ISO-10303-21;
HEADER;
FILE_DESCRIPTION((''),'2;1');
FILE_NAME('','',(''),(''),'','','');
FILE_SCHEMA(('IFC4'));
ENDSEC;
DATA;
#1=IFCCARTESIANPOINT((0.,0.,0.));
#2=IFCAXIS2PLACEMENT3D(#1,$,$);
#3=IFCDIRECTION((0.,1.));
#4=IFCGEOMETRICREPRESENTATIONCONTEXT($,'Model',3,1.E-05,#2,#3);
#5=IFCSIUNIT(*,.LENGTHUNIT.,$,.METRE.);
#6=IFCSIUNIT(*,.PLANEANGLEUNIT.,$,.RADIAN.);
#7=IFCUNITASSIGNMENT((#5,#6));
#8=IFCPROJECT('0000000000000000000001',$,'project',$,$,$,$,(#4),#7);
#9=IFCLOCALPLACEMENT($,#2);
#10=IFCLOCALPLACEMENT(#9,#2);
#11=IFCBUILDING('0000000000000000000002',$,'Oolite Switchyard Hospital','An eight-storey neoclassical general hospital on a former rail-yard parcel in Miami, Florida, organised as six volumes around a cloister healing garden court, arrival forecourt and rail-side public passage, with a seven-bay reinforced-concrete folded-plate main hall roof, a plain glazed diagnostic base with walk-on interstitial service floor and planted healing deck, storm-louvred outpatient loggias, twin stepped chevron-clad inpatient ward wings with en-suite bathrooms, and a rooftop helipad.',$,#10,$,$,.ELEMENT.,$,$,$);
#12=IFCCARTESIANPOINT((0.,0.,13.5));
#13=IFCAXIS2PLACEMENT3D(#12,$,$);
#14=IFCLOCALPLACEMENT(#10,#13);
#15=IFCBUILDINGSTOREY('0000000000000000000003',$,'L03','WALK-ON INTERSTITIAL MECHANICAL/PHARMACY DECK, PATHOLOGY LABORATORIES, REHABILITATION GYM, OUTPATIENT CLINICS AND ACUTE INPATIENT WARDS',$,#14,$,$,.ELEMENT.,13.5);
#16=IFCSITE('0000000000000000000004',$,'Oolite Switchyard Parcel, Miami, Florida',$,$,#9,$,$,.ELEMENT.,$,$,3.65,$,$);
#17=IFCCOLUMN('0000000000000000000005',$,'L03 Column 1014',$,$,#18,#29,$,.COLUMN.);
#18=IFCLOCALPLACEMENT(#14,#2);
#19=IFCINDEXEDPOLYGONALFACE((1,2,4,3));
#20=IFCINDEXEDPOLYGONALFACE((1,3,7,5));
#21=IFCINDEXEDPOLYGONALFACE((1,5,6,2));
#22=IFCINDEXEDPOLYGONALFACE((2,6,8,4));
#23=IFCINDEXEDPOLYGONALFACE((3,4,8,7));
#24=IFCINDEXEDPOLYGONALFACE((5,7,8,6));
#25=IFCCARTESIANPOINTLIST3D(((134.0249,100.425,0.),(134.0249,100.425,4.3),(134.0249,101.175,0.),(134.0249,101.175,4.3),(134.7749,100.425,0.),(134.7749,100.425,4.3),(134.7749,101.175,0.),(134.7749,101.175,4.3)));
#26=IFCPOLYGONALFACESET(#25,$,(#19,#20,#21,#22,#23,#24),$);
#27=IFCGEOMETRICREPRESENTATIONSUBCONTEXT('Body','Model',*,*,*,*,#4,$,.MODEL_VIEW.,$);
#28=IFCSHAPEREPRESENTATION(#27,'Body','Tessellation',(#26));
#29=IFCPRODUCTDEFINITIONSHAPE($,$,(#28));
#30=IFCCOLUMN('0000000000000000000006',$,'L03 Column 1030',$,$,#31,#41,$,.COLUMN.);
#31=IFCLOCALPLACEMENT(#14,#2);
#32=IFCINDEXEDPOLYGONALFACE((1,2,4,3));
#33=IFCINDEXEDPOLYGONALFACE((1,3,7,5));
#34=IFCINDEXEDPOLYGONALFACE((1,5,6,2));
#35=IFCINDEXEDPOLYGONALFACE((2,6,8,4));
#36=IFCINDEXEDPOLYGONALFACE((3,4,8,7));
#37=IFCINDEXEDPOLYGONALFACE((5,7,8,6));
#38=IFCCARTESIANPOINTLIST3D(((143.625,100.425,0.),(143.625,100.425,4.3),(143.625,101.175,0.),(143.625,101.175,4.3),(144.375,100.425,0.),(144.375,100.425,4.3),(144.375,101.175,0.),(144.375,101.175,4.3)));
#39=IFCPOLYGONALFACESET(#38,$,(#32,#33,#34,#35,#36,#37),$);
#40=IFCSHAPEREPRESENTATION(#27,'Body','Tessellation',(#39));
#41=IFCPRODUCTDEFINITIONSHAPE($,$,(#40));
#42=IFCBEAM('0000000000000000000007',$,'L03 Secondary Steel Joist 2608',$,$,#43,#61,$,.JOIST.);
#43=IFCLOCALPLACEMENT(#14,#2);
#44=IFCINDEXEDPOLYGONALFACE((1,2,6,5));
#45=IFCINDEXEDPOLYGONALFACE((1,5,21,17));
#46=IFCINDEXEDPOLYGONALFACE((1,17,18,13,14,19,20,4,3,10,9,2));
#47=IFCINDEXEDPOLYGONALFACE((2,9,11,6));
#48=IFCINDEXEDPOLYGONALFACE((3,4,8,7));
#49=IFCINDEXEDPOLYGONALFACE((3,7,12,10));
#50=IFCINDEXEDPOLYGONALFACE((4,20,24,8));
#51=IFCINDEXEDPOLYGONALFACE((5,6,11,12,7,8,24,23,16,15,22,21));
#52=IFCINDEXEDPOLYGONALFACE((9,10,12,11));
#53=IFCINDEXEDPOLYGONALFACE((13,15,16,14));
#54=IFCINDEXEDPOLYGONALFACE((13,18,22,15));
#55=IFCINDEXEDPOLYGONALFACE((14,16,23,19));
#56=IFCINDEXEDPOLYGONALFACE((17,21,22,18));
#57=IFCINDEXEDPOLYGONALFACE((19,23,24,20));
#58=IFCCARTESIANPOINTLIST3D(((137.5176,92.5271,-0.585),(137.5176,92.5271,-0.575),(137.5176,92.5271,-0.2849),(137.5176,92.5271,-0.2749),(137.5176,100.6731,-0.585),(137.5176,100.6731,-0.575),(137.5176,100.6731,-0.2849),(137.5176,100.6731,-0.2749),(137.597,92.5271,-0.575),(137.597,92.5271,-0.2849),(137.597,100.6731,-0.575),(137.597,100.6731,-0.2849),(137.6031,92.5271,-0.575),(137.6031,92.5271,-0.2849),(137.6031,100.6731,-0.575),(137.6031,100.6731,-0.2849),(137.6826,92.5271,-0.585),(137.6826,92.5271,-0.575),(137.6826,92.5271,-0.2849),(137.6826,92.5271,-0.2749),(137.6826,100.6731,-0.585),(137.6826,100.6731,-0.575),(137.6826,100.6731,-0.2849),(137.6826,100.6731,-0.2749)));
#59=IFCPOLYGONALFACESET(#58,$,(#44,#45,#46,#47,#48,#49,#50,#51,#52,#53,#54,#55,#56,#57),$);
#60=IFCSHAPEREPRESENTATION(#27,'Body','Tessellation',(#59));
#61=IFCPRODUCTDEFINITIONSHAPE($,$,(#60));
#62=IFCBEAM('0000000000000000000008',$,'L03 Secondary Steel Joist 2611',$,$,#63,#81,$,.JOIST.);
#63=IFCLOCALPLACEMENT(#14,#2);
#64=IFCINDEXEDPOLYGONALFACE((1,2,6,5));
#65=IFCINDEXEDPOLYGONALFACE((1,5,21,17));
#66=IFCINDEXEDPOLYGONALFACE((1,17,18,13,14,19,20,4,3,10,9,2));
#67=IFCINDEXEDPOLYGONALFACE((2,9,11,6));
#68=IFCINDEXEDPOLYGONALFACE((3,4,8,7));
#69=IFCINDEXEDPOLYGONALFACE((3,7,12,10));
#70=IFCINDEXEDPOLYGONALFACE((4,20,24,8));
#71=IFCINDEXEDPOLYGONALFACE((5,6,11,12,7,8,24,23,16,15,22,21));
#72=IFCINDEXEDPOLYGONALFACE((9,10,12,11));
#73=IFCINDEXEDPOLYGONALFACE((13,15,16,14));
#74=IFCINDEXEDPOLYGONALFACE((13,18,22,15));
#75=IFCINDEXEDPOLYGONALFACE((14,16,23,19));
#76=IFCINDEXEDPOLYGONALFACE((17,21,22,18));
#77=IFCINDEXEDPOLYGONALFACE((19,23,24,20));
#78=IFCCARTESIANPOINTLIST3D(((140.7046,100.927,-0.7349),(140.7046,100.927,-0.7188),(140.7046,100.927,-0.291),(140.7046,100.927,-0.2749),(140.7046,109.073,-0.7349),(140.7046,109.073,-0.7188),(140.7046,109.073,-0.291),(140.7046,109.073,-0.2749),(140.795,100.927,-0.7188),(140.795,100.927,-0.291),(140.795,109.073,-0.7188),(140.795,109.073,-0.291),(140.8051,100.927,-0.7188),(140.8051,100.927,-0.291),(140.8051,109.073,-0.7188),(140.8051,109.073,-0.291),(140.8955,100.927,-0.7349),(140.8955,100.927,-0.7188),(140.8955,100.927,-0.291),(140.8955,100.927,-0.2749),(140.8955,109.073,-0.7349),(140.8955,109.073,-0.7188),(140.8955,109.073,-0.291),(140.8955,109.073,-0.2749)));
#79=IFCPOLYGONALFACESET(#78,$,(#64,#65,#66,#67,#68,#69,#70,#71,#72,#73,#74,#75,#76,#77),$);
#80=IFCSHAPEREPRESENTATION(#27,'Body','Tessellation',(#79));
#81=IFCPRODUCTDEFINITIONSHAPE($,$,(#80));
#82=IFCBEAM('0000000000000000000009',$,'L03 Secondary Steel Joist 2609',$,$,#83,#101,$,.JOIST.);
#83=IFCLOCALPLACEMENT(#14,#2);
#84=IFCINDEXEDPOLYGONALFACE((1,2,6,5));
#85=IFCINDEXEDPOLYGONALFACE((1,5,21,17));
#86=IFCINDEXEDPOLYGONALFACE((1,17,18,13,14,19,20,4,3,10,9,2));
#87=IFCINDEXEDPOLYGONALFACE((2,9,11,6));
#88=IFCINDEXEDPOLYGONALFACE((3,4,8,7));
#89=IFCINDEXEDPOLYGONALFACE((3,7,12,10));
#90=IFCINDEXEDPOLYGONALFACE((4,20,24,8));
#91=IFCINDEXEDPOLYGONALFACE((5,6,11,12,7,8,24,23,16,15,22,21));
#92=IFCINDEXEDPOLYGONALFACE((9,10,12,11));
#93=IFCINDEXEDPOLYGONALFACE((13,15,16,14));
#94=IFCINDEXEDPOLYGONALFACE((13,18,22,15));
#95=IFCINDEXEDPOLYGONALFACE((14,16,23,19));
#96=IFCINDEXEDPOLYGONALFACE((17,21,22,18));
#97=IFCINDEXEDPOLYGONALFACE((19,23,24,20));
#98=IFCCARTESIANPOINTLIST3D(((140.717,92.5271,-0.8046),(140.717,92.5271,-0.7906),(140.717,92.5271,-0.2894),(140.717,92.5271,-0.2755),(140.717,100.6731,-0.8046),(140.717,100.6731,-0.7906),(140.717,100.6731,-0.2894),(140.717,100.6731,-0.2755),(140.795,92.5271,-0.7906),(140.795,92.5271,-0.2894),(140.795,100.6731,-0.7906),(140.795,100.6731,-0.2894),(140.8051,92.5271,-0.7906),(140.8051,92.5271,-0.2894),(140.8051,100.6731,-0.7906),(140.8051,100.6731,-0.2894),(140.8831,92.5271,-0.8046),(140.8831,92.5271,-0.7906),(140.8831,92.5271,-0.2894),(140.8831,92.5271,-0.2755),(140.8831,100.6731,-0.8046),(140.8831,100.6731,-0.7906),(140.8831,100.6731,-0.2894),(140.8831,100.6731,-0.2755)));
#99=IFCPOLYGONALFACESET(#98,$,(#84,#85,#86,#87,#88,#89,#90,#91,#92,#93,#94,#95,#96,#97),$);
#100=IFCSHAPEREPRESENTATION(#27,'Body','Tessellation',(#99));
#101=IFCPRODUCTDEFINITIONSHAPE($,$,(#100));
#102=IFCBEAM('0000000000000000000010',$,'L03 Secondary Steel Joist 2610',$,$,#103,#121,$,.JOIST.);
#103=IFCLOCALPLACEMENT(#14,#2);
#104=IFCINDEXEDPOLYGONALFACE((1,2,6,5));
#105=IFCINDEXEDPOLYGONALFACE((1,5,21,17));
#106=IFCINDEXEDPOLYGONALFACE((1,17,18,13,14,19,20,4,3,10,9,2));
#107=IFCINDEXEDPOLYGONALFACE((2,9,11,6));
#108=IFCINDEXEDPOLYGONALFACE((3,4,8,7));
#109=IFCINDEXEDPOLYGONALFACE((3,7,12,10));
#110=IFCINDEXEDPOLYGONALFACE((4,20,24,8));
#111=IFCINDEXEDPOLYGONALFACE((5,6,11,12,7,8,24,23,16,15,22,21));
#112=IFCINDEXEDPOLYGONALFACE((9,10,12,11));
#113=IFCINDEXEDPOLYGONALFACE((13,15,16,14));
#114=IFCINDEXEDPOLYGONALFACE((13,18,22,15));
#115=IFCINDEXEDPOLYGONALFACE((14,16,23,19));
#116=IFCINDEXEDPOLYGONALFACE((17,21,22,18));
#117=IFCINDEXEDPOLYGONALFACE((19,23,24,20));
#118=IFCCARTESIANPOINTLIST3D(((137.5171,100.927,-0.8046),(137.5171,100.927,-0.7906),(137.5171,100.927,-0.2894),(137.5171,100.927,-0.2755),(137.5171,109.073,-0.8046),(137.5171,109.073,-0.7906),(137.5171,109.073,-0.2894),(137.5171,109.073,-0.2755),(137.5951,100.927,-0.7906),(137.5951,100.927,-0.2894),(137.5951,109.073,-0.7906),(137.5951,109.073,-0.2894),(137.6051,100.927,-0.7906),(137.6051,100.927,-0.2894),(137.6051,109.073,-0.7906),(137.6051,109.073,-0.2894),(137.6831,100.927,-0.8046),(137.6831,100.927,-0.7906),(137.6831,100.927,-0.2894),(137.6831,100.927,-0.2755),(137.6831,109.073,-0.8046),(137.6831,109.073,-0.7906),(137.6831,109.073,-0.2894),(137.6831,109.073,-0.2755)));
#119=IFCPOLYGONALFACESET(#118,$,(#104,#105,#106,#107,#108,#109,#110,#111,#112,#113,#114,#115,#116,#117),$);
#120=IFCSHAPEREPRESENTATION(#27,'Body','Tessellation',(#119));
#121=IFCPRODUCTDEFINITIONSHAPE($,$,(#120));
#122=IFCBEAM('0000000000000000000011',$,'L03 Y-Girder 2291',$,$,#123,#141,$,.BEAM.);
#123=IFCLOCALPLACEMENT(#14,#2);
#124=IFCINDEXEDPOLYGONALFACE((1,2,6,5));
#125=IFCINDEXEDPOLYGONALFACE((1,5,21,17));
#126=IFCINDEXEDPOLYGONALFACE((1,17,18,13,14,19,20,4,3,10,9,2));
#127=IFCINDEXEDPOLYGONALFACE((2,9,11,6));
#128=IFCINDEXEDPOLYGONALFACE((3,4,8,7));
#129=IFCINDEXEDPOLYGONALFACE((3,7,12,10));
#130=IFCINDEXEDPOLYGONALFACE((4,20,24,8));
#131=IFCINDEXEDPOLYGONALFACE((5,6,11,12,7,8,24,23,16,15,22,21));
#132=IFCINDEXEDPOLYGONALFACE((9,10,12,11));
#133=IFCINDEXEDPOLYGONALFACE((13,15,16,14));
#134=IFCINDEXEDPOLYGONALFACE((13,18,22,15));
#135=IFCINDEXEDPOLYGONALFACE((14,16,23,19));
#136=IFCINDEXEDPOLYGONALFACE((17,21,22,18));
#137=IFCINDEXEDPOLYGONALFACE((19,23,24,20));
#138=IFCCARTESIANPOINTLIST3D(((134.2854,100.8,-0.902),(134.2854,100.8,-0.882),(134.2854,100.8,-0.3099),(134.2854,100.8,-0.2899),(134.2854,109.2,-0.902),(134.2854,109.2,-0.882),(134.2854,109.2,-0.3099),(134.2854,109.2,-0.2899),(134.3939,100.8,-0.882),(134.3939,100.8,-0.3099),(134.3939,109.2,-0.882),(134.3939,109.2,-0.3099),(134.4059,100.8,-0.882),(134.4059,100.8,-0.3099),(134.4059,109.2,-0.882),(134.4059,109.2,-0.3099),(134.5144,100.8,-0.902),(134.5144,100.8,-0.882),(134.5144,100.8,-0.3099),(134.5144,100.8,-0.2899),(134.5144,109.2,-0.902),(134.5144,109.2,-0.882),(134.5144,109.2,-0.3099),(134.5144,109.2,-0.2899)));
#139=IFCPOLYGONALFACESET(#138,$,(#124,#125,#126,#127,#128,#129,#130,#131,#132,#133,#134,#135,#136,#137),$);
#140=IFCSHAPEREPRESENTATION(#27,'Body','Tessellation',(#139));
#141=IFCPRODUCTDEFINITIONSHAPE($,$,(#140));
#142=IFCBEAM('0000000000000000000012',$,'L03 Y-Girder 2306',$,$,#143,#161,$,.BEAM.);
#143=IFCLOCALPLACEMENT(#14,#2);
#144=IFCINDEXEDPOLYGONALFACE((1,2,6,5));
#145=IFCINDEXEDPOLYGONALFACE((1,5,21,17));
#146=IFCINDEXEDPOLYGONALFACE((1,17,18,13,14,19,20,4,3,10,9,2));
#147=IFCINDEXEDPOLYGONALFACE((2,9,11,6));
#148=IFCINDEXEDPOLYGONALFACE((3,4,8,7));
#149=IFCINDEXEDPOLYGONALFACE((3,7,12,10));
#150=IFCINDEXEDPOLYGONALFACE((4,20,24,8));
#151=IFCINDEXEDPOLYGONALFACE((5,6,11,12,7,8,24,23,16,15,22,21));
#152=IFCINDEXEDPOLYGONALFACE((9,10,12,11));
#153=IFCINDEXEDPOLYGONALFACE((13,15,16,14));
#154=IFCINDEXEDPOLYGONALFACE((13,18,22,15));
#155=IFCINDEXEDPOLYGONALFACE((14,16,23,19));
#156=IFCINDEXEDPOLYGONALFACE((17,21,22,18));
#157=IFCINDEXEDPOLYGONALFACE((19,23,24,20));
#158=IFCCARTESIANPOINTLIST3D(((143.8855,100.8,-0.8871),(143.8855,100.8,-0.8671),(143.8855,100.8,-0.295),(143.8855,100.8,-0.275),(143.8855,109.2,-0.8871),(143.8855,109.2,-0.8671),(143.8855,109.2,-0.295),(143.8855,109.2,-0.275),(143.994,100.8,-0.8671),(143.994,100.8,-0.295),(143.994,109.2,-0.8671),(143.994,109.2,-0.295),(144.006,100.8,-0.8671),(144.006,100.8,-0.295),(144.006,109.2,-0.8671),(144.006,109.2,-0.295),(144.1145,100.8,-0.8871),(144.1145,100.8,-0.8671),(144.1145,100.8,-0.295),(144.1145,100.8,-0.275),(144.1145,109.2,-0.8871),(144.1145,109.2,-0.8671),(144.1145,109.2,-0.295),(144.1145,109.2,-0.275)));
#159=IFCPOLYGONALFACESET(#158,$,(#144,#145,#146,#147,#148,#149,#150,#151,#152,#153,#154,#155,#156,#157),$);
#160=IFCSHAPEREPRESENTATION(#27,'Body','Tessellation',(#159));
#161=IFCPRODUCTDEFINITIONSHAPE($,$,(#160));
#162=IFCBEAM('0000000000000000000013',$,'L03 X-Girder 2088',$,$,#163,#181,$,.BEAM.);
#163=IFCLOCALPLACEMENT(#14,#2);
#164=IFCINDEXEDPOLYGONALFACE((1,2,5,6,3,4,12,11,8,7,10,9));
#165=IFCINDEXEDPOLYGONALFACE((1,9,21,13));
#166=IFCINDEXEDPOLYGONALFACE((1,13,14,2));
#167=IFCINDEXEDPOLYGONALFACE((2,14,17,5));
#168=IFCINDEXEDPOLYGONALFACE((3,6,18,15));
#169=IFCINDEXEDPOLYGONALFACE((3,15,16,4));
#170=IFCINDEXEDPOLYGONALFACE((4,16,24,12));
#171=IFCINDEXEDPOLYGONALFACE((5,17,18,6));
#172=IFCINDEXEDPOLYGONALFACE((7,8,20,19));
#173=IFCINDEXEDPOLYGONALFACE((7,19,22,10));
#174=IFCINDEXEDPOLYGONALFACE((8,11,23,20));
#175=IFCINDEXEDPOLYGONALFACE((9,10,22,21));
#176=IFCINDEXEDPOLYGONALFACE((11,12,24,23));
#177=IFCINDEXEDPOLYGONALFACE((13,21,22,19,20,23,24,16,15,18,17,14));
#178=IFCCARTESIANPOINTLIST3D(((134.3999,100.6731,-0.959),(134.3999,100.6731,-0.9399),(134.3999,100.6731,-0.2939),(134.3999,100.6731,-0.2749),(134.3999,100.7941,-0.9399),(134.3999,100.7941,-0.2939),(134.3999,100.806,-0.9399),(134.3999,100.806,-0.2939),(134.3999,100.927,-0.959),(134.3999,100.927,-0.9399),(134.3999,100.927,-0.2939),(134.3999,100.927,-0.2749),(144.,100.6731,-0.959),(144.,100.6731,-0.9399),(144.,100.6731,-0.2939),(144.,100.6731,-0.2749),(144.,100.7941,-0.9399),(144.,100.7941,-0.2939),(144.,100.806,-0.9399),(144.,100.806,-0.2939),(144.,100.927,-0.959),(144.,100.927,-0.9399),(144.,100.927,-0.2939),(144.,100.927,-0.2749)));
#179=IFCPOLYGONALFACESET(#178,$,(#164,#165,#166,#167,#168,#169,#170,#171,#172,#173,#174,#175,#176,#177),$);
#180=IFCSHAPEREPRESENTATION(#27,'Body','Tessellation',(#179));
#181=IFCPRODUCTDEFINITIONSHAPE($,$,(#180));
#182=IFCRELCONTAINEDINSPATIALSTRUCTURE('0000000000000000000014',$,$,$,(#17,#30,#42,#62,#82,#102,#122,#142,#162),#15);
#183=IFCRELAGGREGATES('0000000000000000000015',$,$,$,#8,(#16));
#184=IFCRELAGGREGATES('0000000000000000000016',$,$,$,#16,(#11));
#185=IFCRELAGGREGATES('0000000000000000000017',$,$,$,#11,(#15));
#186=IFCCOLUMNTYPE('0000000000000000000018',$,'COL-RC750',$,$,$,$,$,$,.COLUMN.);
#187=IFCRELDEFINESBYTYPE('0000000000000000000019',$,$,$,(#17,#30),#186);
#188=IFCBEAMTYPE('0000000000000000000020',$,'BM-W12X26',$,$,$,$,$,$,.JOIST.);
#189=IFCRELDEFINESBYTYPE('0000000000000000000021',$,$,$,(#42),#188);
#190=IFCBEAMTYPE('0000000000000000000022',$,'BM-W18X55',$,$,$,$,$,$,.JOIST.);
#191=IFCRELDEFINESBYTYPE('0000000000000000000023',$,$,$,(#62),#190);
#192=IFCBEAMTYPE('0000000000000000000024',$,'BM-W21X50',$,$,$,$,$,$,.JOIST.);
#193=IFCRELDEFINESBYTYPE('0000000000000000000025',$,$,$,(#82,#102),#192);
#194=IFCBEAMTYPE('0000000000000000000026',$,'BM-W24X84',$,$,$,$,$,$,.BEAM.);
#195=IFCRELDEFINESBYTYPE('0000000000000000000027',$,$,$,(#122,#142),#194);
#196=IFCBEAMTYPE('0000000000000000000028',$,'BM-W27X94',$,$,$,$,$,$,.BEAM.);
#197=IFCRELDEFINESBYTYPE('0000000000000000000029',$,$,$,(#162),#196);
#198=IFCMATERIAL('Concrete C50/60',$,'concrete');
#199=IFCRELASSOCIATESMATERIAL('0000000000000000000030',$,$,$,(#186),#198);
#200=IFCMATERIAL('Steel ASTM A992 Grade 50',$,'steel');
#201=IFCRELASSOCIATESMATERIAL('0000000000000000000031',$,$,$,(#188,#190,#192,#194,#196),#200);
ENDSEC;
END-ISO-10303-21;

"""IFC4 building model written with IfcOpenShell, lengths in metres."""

from ifc_helpers import new_model, si_unit, direction, frame, origin, origin_2d, place, context, subcontext, project, spatial, rectangle, i_section, extrude, material, material_profile, profile_set, type_object, element, save


model = new_model("IFC4")

# Units and contexts
model_context = context("Model", 3, precision=1e-05, world=origin(), true_north=direction((0.0, 1.0)))
body_context = subcontext(model_context, "Body", "Model", "MODEL_VIEW")
ifc_project = project(units=[si_unit("LENGTHUNIT", "METRE"), si_unit("PLANEANGLEUNIT", "RADIAN")], contexts=[model_context])

# Site, building, storey
site_placement = place(None, origin())
site = spatial("IfcSite", under=ifc_project, at=site_placement, Name="Oolite Switchyard Parcel, Miami, Florida", CompositionType="ELEMENT", RefElevation=3.65)
building_placement = place(site_placement, origin())
building = spatial("IfcBuilding", under=site, at=building_placement, Name="Oolite Switchyard Hospital", Description="An eight-storey neoclassical general hospital on a former rail-yard parcel in Miami, Florida, organised as six volumes around a cloister healing garden court, arrival forecourt and rail-side public passage, with a seven-bay reinforced-concrete folded-plate main hall roof, a plain glazed diagnostic base with walk-on interstitial service floor and planted healing deck, storm-louvred outpatient loggias, twin stepped chevron-clad inpatient ward wings with en-suite bathrooms, and a rooftop helipad.", CompositionType="ELEMENT")
storey_placement = place(building_placement, frame((0.0, 0.0, 13.5)))
storey = spatial("IfcBuildingStorey", under=building, at=storey_placement, Name="L03", Description="WALK-ON INTERSTITIAL MECHANICAL/PHARMACY DECK, PATHOLOGY LABORATORIES, REHABILITATION GYM, OUTPATIENT CLINICS AND ACUTE INPATIENT WARDS", CompositionType="ELEMENT", Elevation=13.5)

# Columns
ifc_material_1 = material(Name="Concrete C50/60", Category="concrete")
ifc_material_profile_1 = material_profile(ifc_material_1, rectangle(XDim=0.75, YDim=0.75, at=origin_2d()), Name="RC750X750")
ifc_profile_set_1 = profile_set([ifc_material_profile_1], Name="Concrete C50/60")
column_type = type_object("IfcColumnType", Name="COL-RC750", PredefinedType="COLUMN", material=ifc_profile_set_1)
for number, where, z_axis, x_axis, name in (
    (1, (134.3999, 100.8, 0.0), (0.0, 0.0, 1.0), (1.0, 0.0, 0.0), "L03 Column 1014"),
    (2, (144.0, 100.8, 0.0), (0.0, 0.0, 1.0), (1.0, 0.0, 0.0), "L03 Column 1030"),
):
    element("IfcColumn", number, at=place(storey_placement, frame(where, z_axis=z_axis, x_axis=x_axis)), inside=storey, type_object=column_type, Name=name, PredefinedType="COLUMN", context=body_context, shape_type="SweptSolid", body=[
        extrude(rectangle(XDim=0.75, YDim=0.75, at=origin_2d()), origin(), (0.0, 0.0, 1.0), 4.3),
    ])

# Beams
ifc_material_2 = material(Name="Steel ASTM A992 Grade 50", Category="steel")
ifc_material_profile_2 = material_profile(ifc_material_2, i_section(OverallWidth=0.165, OverallDepth=0.3101, WebThickness=0.0061, FlangeThickness=0.01, at=origin_2d()), Name="W12X26")
ifc_profile_set_2 = profile_set([ifc_material_profile_2], Name="Steel ASTM A992 Grade 50")
beam_type_1 = type_object("IfcBeamType", Name="BM-W12X26", PredefinedType="JOIST", material=ifc_profile_set_2)
beam_1_placement = place(storey_placement, frame((137.6001, 92.5271, -0.4299), z_axis=(0.0, 1.0, 0.0), x_axis=(-1.0, 0.0, 0.0)))
element("IfcBeam", 3, at=beam_1_placement, inside=storey, type_object=beam_type_1, Name="L03 Secondary Steel Joist 2608", PredefinedType="JOIST", context=body_context, shape_type="SweptSolid", body=[
    extrude(i_section(OverallWidth=0.165, OverallDepth=0.3101, WebThickness=0.0061, FlangeThickness=0.01, at=origin_2d()), origin(), (0.0, 0.0, 1.0), 8.146),
])
ifc_material_profile_3 = material_profile(ifc_material_2, i_section(OverallWidth=0.1909, OverallDepth=0.46, WebThickness=0.01, FlangeThickness=0.0161, at=origin_2d()), Name="W18X55")
ifc_profile_set_3 = profile_set([ifc_material_profile_3], Name="Steel ASTM A992 Grade 50")
beam_type_2 = type_object("IfcBeamType", Name="BM-W18X55", PredefinedType="JOIST", material=ifc_profile_set_3)
beam_2_placement = place(storey_placement, frame((140.8, 100.927, -0.5049), z_axis=(0.0, 1.0, 0.0), x_axis=(-1.0, 0.0, 0.0)))
element("IfcBeam", 4, at=beam_2_placement, inside=storey, type_object=beam_type_2, Name="L03 Secondary Steel Joist 2611", PredefinedType="JOIST", context=body_context, shape_type="SweptSolid", body=[
    extrude(i_section(OverallWidth=0.1909, OverallDepth=0.46, WebThickness=0.01, FlangeThickness=0.0161, at=origin_2d()), origin(), (0.0, 0.0, 1.0), 8.146),
])
ifc_material_profile_4 = material_profile(ifc_material_2, i_section(OverallWidth=0.166, OverallDepth=0.5291, WebThickness=0.01, FlangeThickness=0.0139, at=origin_2d()), Name="W21X50")
ifc_profile_set_4 = profile_set([ifc_material_profile_4], Name="Steel ASTM A992 Grade 50")
beam_type_3 = type_object("IfcBeamType", Name="BM-W21X50", PredefinedType="JOIST", material=ifc_profile_set_4)
for number, where, z_axis, x_axis, name in (
    (5, (140.8, 92.5271, -0.54), (0.0, 1.0, 0.0), (-1.0, 0.0, 0.0), "L03 Secondary Steel Joist 2609"),
    (6, (137.6001, 100.927, -0.54), (0.0, 1.0, 0.0), (-1.0, 0.0, 0.0), "L03 Secondary Steel Joist 2610"),
):
    element("IfcBeam", number, at=place(storey_placement, frame(where, z_axis=z_axis, x_axis=x_axis)), inside=storey, type_object=beam_type_3, Name=name, PredefinedType="JOIST", context=body_context, shape_type="SweptSolid", body=[
        extrude(i_section(OverallWidth=0.166, OverallDepth=0.5291, WebThickness=0.01, FlangeThickness=0.0139, at=origin_2d()), origin(), (0.0, 0.0, 1.0), 8.146),
    ])
ifc_material_profile_5 = material_profile(ifc_material_2, i_section(OverallWidth=0.229, OverallDepth=0.6121, WebThickness=0.012, FlangeThickness=0.02, at=origin_2d()), Name="W24X84")
ifc_profile_set_5 = profile_set([ifc_material_profile_5], Name="Steel ASTM A992 Grade 50")
beam_type_4 = type_object("IfcBeamType", Name="BM-W24X84", PredefinedType="BEAM", material=ifc_profile_set_5)
for number, where, z_axis, x_axis, name in (
    (7, (134.3999, 100.8, -0.5959), (0.0, 1.0, 0.0), (-1.0, 0.0, 0.0), "L03 Y-Girder 2291"),
    (8, (144.0, 100.8, -0.5811), (0.0, 1.0, 0.0), (-1.0, 0.0, 0.0), "L03 Y-Girder 2306"),
):
    element("IfcBeam", number, at=place(storey_placement, frame(where, z_axis=z_axis, x_axis=x_axis)), inside=storey, type_object=beam_type_4, Name=name, PredefinedType="BEAM", context=body_context, shape_type="SweptSolid", body=[
        extrude(i_section(OverallWidth=0.229, OverallDepth=0.6121, WebThickness=0.012, FlangeThickness=0.02, at=origin_2d()), origin(), (0.0, 0.0, 1.0), 8.3999),
    ])
ifc_material_profile_6 = material_profile(ifc_material_2, i_section(OverallWidth=0.2539, OverallDepth=0.6841, WebThickness=0.012, FlangeThickness=0.019, at=origin_2d()), Name="W27X94")
ifc_profile_set_6 = profile_set([ifc_material_profile_6], Name="Steel ASTM A992 Grade 50")
beam_type_5 = type_object("IfcBeamType", Name="BM-W27X94", PredefinedType="BEAM", material=ifc_profile_set_6)
for number, where, z_axis, x_axis, name in (
    (9, (134.3999, 100.8, -0.6169), (1.0, 0.0, 0.0), (0.0, 1.0, 0.0), "L03 X-Girder 2088"),
):
    element("IfcBeam", number, at=place(storey_placement, frame(where, z_axis=z_axis, x_axis=x_axis)), inside=storey, type_object=beam_type_5, Name=name, PredefinedType="BEAM", context=body_context, shape_type="SweptSolid", body=[
        extrude(i_section(OverallWidth=0.2539, OverallDepth=0.6841, WebThickness=0.012, FlangeThickness=0.019, at=origin_2d()), origin(), (0.0, 0.0, 1.0), 9.6001),
    ])

save(model, "model.ifc")
